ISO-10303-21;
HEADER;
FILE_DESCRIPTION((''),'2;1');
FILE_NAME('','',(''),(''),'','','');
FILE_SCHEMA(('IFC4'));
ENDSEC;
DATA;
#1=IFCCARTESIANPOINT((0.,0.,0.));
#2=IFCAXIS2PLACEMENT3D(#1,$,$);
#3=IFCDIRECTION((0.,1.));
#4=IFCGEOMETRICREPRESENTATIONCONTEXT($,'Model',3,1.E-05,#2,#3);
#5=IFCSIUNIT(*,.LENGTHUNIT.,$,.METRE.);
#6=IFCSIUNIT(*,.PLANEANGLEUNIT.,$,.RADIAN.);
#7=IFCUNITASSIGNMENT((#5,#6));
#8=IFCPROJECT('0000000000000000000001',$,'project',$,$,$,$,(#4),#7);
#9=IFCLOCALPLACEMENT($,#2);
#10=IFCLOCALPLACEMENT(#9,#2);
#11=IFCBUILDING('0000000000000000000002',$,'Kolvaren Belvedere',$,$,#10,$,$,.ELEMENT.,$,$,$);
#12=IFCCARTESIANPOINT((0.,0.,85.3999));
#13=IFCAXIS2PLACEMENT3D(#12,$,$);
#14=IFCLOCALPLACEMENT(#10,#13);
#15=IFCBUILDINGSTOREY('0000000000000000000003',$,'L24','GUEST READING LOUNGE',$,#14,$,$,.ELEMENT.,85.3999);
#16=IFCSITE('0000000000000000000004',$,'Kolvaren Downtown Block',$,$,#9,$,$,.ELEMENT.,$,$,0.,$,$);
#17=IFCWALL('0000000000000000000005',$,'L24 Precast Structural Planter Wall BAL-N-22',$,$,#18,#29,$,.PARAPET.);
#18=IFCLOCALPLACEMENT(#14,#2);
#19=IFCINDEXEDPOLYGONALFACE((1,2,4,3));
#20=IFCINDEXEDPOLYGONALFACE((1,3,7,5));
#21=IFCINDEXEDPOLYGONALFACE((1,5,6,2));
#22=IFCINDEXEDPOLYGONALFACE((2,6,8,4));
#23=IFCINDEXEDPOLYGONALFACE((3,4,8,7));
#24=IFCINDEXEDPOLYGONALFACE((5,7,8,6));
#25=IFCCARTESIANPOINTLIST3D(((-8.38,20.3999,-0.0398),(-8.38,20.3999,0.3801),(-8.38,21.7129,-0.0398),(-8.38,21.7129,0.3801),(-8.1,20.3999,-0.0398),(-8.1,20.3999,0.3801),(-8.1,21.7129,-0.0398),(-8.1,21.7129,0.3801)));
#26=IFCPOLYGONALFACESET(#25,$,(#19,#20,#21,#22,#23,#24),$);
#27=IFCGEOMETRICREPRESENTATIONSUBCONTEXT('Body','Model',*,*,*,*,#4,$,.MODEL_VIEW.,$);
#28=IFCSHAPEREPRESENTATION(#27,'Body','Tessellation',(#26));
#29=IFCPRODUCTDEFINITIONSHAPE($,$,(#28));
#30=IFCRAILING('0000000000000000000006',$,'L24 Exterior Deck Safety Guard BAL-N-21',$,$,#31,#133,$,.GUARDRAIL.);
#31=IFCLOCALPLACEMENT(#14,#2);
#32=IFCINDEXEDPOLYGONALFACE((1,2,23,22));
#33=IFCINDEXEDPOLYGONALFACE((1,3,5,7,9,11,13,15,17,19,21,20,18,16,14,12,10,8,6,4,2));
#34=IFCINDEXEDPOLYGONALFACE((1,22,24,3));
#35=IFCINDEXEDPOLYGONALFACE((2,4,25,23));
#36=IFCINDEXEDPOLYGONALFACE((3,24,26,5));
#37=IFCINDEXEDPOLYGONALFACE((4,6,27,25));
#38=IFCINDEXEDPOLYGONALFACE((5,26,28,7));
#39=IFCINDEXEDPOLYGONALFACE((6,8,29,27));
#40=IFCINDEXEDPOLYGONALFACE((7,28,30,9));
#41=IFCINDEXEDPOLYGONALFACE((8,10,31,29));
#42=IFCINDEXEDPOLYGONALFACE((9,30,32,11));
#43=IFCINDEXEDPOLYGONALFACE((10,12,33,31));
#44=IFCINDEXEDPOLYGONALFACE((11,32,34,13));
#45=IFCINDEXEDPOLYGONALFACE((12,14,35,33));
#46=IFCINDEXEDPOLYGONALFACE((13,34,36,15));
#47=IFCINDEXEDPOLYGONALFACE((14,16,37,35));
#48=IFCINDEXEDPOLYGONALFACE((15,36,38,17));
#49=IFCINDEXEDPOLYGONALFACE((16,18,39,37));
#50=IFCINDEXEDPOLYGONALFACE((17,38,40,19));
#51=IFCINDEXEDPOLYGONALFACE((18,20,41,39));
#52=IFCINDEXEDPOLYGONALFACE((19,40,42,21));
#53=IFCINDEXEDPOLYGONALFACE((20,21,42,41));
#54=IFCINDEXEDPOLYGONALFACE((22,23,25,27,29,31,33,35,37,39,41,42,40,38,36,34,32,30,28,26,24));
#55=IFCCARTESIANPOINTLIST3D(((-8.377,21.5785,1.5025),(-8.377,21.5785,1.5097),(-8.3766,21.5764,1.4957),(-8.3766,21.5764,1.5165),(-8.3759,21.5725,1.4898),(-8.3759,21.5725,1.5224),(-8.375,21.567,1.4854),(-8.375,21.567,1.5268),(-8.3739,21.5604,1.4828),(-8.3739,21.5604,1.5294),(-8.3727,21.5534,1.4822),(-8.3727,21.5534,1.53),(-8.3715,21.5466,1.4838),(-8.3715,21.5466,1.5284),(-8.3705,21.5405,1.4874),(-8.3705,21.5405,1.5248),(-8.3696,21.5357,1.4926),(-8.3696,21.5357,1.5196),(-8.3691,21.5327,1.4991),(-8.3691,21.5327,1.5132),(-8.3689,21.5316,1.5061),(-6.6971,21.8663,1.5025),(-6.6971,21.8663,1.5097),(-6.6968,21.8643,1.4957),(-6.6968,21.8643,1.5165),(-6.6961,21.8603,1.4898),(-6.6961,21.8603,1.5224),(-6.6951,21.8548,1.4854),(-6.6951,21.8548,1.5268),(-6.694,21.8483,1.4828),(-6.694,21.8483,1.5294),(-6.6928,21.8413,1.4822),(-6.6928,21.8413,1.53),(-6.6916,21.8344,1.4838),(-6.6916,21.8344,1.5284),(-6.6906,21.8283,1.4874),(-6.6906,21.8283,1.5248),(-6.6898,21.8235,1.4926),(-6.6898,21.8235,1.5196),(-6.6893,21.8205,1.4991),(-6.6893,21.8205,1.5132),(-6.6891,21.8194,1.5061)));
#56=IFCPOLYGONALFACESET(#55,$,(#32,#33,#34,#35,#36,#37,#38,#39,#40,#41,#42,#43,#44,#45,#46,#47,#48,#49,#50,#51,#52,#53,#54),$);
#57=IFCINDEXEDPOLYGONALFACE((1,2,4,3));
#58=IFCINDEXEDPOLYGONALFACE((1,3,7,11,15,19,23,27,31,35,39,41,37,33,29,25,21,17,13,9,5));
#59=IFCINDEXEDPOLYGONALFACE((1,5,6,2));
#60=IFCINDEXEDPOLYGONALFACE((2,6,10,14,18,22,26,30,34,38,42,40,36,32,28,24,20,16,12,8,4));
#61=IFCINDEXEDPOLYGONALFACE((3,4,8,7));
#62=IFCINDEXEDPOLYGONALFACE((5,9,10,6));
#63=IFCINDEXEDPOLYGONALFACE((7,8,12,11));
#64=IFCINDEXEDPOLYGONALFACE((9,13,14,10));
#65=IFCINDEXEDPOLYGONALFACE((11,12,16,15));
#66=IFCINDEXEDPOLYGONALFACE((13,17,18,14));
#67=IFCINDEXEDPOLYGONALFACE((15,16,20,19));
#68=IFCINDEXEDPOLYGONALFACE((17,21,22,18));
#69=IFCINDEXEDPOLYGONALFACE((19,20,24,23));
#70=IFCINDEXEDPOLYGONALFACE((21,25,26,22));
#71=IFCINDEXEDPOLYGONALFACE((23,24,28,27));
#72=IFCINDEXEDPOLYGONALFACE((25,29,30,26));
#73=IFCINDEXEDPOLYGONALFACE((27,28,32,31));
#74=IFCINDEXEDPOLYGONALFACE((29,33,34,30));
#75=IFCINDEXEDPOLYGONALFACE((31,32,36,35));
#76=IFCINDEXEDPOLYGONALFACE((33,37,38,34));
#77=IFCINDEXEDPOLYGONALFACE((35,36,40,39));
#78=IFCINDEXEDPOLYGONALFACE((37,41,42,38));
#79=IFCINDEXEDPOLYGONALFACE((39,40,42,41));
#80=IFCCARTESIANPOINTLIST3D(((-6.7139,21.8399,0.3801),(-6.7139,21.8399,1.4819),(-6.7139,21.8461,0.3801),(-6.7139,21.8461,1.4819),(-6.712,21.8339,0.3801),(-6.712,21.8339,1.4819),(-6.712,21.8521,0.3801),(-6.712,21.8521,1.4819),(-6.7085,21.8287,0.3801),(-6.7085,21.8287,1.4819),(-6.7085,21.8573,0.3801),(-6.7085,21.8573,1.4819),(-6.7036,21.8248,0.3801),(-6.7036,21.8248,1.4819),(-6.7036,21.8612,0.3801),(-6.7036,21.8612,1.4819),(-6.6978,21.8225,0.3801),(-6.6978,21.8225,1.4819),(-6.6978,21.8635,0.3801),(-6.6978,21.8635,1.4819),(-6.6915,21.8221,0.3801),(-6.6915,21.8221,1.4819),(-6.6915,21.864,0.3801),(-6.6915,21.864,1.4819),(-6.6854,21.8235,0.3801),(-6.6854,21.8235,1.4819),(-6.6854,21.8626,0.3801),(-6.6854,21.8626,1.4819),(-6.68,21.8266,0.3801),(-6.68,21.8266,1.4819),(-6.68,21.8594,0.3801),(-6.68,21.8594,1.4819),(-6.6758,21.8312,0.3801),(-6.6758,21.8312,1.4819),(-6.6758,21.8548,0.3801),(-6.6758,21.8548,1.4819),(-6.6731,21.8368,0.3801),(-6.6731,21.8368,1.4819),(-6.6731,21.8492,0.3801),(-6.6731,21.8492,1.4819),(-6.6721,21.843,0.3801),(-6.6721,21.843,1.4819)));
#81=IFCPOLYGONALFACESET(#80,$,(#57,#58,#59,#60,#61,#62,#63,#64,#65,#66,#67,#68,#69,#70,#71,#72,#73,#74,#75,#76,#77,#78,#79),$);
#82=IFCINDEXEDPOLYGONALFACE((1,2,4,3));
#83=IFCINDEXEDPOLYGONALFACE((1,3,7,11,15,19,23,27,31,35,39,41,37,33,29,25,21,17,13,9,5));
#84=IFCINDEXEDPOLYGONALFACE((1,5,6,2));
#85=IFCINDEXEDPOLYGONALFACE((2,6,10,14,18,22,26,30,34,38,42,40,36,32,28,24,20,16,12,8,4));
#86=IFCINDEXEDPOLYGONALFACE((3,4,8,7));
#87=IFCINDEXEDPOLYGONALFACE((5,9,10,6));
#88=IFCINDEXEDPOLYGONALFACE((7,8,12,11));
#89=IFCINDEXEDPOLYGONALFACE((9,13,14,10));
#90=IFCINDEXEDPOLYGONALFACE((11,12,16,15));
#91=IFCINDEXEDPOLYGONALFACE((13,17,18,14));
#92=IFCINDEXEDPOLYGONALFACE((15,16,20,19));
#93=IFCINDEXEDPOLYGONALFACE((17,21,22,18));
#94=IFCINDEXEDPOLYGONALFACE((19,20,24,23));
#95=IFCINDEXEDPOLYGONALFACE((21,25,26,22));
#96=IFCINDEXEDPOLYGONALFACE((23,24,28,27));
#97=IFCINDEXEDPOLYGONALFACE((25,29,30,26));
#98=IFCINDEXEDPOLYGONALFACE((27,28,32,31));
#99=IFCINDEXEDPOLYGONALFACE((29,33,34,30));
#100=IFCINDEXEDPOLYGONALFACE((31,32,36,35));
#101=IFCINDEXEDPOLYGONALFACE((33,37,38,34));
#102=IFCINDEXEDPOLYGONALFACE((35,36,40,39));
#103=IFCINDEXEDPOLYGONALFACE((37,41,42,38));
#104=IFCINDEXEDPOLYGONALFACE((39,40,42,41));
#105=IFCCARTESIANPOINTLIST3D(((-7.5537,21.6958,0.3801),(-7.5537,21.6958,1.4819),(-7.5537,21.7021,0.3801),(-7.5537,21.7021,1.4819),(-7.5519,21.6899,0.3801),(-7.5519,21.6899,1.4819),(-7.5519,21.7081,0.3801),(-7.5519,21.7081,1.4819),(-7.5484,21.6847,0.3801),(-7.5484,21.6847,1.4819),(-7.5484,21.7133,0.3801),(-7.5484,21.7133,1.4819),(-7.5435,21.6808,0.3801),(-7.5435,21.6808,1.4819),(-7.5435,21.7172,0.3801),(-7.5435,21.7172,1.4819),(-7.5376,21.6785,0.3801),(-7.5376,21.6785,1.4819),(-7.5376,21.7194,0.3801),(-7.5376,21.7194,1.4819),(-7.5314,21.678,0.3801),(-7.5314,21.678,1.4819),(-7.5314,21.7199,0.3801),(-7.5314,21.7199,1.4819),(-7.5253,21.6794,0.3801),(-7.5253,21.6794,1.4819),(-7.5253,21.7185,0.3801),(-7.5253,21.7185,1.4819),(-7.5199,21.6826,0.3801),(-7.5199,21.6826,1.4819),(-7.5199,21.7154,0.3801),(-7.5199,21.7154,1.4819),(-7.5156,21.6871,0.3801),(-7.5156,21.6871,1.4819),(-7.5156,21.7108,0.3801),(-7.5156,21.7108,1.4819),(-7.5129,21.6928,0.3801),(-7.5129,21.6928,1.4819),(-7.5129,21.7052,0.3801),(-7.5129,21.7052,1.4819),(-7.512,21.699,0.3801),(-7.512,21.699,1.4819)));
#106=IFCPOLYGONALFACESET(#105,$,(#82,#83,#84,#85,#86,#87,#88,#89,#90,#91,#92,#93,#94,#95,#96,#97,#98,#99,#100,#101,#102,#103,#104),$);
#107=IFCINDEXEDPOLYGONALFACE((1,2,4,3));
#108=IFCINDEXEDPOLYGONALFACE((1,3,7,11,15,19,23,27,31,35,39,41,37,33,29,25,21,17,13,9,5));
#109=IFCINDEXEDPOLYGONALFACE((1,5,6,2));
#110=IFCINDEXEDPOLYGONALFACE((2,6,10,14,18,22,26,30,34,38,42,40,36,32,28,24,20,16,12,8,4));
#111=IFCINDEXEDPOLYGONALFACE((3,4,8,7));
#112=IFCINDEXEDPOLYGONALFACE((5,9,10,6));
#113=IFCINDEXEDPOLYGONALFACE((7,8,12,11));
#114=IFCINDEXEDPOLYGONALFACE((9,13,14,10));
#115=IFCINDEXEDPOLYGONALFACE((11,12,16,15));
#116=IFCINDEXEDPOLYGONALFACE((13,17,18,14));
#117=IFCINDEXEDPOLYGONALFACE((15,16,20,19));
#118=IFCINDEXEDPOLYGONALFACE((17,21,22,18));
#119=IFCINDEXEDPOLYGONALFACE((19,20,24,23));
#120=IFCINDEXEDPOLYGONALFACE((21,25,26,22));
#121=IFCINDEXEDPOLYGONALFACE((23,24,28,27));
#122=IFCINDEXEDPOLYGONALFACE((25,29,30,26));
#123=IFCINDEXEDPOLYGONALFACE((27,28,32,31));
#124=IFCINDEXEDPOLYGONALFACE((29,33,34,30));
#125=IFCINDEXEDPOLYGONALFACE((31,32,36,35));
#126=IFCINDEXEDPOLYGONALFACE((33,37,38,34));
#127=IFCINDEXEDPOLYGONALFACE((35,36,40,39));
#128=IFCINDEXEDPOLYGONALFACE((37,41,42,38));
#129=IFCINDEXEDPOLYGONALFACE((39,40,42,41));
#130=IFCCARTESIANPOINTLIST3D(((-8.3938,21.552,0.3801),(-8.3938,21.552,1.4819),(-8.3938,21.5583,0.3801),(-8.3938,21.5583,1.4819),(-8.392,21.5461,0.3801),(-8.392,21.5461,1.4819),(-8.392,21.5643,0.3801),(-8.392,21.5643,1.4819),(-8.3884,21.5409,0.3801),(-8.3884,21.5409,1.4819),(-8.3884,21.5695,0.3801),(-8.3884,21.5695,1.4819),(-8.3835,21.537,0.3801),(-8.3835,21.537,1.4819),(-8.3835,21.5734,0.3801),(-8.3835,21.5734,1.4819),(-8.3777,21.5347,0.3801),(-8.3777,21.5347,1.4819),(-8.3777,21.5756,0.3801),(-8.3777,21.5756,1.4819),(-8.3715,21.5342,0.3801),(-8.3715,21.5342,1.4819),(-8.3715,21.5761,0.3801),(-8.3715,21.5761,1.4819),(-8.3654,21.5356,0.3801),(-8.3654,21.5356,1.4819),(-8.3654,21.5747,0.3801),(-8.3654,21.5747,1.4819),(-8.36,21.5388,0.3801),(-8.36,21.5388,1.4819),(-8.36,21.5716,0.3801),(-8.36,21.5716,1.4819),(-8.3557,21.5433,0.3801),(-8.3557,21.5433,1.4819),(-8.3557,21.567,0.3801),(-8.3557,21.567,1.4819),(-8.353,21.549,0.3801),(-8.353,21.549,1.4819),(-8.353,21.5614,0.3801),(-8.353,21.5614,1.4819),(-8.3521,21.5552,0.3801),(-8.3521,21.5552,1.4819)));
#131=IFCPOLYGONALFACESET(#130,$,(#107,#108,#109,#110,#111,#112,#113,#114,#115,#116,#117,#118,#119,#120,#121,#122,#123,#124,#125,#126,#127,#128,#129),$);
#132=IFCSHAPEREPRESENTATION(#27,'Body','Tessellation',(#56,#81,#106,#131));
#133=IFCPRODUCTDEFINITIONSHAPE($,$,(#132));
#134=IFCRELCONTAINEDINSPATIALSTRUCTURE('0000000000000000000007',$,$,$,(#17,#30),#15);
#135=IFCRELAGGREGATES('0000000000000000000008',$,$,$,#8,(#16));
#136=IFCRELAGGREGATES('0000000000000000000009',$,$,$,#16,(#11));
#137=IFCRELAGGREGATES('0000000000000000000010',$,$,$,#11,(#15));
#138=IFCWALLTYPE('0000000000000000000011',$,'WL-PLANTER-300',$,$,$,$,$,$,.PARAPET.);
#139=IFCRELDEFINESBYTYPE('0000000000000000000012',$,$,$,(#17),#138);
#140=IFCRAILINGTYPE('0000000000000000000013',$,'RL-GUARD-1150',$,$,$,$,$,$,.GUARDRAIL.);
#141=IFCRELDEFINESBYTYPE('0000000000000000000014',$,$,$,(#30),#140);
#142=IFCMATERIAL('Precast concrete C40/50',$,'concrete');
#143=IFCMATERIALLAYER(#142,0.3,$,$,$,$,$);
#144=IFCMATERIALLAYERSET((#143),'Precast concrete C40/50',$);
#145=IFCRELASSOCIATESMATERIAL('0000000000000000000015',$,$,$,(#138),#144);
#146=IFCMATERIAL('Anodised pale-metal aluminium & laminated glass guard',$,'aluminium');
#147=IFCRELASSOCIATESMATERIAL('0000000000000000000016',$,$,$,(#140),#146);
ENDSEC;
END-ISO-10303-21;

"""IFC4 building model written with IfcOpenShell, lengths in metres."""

from ifc_helpers import new_model, si_unit, direction, frame, frame_2d, origin, origin_2d, place, context, subcontext, project, spatial, rectangle, circle, extrude, material, layer, layer_set, type_object, element, save


model = new_model("IFC4")

# Units and contexts
model_context = context("Model", 3, precision=1e-05, world=origin(), true_north=direction((0.0, 1.0)))
body_context = subcontext(model_context, "Body", "Model", "MODEL_VIEW")
ifc_project = project(units=[si_unit("LENGTHUNIT", "METRE"), si_unit("PLANEANGLEUNIT", "RADIAN")], contexts=[model_context])

# Site, building, storey
site_placement = place(None, origin())
site = spatial("IfcSite", under=ifc_project, at=site_placement, Name="Kolvaren Downtown Block", CompositionType="ELEMENT", RefElevation=0.0)
building_placement = place(site_placement, origin())
building = spatial("IfcBuilding", under=site, at=building_placement, Name="Kolvaren Belvedere", CompositionType="ELEMENT")
storey_placement = place(building_placement, frame((0.0, 0.0, 85.3999)))
storey = spatial("IfcBuildingStorey", under=building, at=storey_placement, Name="L24", Description="GUEST READING LOUNGE", CompositionType="ELEMENT", Elevation=85.3999)

# Wall
ifc_material_1 = material(Name="Precast concrete C40/50", Category="concrete")
ifc_layer_1 = layer(ifc_material_1, 0.3)
ifc_layer_set_1 = layer_set([ifc_layer_1], Name="Precast concrete C40/50")
wall_type_1 = type_object("IfcWallType", Name="WL-PLANTER-300", PredefinedType="PARAPET", material=ifc_layer_set_1)
wall_1_placement = place(storey_placement, frame((-8.24, 21.7129, -0.0398), z_axis=(0.0, 0.0, 1.0), x_axis=(0.0, -1.0, 0.0)))
element("IfcWall", 1, at=wall_1_placement, inside=storey, type_object=wall_type_1, Name="L24 Precast Structural Planter Wall BAL-N-22", PredefinedType="PARAPET", context=body_context, shape_type="SweptSolid", body=[
    extrude(rectangle(XDim=1.313, YDim=0.28, at=frame_2d((0.6565, 0.0))), origin(), (0.0, 0.0, 1.0), 0.4199),
])

# Railing
ifc_material_2 = material(Name="Anodised pale-metal aluminium & laminated glass guard", Category="aluminium")
railing_type = type_object("IfcRailingType", Name="RL-GUARD-1150", PredefinedType="GUARDRAIL", material=ifc_material_2)
railing_1_placement = place(storey_placement, frame((-6.6931, 21.843, 0.3801)))
element("IfcRailing", 2, at=railing_1_placement, inside=storey, type_object=railing_type, Name="L24 Exterior Deck Safety Guard BAL-N-21", PredefinedType="GUARDRAIL", context=body_context, shape_type="SweptSolid", body=[
    extrude(circle(Radius=0.0239, at=origin_2d()), frame((0.0, 0.0, 1.126), z_axis=(-0.985637, -0.16888, 0.0), x_axis=(0.16888, -0.985637, 0.0)), (0.0, 0.0, 1.0), 1.7043),
    extrude(circle(Radius=0.021, at=origin_2d()), origin(), (0.0, 0.0, 1.0), 1.1018),
    extrude(circle(Radius=0.021, at=origin_2d()), frame((-0.8398, -0.144, 0.0)), (0.0, 0.0, 1.0), 1.1018),
    extrude(circle(Radius=0.021, at=origin_2d()), frame((-1.6799, -0.2878, 0.0)), (0.0, 0.0, 1.0), 1.1018),
])

save(model, "model.ifc")
